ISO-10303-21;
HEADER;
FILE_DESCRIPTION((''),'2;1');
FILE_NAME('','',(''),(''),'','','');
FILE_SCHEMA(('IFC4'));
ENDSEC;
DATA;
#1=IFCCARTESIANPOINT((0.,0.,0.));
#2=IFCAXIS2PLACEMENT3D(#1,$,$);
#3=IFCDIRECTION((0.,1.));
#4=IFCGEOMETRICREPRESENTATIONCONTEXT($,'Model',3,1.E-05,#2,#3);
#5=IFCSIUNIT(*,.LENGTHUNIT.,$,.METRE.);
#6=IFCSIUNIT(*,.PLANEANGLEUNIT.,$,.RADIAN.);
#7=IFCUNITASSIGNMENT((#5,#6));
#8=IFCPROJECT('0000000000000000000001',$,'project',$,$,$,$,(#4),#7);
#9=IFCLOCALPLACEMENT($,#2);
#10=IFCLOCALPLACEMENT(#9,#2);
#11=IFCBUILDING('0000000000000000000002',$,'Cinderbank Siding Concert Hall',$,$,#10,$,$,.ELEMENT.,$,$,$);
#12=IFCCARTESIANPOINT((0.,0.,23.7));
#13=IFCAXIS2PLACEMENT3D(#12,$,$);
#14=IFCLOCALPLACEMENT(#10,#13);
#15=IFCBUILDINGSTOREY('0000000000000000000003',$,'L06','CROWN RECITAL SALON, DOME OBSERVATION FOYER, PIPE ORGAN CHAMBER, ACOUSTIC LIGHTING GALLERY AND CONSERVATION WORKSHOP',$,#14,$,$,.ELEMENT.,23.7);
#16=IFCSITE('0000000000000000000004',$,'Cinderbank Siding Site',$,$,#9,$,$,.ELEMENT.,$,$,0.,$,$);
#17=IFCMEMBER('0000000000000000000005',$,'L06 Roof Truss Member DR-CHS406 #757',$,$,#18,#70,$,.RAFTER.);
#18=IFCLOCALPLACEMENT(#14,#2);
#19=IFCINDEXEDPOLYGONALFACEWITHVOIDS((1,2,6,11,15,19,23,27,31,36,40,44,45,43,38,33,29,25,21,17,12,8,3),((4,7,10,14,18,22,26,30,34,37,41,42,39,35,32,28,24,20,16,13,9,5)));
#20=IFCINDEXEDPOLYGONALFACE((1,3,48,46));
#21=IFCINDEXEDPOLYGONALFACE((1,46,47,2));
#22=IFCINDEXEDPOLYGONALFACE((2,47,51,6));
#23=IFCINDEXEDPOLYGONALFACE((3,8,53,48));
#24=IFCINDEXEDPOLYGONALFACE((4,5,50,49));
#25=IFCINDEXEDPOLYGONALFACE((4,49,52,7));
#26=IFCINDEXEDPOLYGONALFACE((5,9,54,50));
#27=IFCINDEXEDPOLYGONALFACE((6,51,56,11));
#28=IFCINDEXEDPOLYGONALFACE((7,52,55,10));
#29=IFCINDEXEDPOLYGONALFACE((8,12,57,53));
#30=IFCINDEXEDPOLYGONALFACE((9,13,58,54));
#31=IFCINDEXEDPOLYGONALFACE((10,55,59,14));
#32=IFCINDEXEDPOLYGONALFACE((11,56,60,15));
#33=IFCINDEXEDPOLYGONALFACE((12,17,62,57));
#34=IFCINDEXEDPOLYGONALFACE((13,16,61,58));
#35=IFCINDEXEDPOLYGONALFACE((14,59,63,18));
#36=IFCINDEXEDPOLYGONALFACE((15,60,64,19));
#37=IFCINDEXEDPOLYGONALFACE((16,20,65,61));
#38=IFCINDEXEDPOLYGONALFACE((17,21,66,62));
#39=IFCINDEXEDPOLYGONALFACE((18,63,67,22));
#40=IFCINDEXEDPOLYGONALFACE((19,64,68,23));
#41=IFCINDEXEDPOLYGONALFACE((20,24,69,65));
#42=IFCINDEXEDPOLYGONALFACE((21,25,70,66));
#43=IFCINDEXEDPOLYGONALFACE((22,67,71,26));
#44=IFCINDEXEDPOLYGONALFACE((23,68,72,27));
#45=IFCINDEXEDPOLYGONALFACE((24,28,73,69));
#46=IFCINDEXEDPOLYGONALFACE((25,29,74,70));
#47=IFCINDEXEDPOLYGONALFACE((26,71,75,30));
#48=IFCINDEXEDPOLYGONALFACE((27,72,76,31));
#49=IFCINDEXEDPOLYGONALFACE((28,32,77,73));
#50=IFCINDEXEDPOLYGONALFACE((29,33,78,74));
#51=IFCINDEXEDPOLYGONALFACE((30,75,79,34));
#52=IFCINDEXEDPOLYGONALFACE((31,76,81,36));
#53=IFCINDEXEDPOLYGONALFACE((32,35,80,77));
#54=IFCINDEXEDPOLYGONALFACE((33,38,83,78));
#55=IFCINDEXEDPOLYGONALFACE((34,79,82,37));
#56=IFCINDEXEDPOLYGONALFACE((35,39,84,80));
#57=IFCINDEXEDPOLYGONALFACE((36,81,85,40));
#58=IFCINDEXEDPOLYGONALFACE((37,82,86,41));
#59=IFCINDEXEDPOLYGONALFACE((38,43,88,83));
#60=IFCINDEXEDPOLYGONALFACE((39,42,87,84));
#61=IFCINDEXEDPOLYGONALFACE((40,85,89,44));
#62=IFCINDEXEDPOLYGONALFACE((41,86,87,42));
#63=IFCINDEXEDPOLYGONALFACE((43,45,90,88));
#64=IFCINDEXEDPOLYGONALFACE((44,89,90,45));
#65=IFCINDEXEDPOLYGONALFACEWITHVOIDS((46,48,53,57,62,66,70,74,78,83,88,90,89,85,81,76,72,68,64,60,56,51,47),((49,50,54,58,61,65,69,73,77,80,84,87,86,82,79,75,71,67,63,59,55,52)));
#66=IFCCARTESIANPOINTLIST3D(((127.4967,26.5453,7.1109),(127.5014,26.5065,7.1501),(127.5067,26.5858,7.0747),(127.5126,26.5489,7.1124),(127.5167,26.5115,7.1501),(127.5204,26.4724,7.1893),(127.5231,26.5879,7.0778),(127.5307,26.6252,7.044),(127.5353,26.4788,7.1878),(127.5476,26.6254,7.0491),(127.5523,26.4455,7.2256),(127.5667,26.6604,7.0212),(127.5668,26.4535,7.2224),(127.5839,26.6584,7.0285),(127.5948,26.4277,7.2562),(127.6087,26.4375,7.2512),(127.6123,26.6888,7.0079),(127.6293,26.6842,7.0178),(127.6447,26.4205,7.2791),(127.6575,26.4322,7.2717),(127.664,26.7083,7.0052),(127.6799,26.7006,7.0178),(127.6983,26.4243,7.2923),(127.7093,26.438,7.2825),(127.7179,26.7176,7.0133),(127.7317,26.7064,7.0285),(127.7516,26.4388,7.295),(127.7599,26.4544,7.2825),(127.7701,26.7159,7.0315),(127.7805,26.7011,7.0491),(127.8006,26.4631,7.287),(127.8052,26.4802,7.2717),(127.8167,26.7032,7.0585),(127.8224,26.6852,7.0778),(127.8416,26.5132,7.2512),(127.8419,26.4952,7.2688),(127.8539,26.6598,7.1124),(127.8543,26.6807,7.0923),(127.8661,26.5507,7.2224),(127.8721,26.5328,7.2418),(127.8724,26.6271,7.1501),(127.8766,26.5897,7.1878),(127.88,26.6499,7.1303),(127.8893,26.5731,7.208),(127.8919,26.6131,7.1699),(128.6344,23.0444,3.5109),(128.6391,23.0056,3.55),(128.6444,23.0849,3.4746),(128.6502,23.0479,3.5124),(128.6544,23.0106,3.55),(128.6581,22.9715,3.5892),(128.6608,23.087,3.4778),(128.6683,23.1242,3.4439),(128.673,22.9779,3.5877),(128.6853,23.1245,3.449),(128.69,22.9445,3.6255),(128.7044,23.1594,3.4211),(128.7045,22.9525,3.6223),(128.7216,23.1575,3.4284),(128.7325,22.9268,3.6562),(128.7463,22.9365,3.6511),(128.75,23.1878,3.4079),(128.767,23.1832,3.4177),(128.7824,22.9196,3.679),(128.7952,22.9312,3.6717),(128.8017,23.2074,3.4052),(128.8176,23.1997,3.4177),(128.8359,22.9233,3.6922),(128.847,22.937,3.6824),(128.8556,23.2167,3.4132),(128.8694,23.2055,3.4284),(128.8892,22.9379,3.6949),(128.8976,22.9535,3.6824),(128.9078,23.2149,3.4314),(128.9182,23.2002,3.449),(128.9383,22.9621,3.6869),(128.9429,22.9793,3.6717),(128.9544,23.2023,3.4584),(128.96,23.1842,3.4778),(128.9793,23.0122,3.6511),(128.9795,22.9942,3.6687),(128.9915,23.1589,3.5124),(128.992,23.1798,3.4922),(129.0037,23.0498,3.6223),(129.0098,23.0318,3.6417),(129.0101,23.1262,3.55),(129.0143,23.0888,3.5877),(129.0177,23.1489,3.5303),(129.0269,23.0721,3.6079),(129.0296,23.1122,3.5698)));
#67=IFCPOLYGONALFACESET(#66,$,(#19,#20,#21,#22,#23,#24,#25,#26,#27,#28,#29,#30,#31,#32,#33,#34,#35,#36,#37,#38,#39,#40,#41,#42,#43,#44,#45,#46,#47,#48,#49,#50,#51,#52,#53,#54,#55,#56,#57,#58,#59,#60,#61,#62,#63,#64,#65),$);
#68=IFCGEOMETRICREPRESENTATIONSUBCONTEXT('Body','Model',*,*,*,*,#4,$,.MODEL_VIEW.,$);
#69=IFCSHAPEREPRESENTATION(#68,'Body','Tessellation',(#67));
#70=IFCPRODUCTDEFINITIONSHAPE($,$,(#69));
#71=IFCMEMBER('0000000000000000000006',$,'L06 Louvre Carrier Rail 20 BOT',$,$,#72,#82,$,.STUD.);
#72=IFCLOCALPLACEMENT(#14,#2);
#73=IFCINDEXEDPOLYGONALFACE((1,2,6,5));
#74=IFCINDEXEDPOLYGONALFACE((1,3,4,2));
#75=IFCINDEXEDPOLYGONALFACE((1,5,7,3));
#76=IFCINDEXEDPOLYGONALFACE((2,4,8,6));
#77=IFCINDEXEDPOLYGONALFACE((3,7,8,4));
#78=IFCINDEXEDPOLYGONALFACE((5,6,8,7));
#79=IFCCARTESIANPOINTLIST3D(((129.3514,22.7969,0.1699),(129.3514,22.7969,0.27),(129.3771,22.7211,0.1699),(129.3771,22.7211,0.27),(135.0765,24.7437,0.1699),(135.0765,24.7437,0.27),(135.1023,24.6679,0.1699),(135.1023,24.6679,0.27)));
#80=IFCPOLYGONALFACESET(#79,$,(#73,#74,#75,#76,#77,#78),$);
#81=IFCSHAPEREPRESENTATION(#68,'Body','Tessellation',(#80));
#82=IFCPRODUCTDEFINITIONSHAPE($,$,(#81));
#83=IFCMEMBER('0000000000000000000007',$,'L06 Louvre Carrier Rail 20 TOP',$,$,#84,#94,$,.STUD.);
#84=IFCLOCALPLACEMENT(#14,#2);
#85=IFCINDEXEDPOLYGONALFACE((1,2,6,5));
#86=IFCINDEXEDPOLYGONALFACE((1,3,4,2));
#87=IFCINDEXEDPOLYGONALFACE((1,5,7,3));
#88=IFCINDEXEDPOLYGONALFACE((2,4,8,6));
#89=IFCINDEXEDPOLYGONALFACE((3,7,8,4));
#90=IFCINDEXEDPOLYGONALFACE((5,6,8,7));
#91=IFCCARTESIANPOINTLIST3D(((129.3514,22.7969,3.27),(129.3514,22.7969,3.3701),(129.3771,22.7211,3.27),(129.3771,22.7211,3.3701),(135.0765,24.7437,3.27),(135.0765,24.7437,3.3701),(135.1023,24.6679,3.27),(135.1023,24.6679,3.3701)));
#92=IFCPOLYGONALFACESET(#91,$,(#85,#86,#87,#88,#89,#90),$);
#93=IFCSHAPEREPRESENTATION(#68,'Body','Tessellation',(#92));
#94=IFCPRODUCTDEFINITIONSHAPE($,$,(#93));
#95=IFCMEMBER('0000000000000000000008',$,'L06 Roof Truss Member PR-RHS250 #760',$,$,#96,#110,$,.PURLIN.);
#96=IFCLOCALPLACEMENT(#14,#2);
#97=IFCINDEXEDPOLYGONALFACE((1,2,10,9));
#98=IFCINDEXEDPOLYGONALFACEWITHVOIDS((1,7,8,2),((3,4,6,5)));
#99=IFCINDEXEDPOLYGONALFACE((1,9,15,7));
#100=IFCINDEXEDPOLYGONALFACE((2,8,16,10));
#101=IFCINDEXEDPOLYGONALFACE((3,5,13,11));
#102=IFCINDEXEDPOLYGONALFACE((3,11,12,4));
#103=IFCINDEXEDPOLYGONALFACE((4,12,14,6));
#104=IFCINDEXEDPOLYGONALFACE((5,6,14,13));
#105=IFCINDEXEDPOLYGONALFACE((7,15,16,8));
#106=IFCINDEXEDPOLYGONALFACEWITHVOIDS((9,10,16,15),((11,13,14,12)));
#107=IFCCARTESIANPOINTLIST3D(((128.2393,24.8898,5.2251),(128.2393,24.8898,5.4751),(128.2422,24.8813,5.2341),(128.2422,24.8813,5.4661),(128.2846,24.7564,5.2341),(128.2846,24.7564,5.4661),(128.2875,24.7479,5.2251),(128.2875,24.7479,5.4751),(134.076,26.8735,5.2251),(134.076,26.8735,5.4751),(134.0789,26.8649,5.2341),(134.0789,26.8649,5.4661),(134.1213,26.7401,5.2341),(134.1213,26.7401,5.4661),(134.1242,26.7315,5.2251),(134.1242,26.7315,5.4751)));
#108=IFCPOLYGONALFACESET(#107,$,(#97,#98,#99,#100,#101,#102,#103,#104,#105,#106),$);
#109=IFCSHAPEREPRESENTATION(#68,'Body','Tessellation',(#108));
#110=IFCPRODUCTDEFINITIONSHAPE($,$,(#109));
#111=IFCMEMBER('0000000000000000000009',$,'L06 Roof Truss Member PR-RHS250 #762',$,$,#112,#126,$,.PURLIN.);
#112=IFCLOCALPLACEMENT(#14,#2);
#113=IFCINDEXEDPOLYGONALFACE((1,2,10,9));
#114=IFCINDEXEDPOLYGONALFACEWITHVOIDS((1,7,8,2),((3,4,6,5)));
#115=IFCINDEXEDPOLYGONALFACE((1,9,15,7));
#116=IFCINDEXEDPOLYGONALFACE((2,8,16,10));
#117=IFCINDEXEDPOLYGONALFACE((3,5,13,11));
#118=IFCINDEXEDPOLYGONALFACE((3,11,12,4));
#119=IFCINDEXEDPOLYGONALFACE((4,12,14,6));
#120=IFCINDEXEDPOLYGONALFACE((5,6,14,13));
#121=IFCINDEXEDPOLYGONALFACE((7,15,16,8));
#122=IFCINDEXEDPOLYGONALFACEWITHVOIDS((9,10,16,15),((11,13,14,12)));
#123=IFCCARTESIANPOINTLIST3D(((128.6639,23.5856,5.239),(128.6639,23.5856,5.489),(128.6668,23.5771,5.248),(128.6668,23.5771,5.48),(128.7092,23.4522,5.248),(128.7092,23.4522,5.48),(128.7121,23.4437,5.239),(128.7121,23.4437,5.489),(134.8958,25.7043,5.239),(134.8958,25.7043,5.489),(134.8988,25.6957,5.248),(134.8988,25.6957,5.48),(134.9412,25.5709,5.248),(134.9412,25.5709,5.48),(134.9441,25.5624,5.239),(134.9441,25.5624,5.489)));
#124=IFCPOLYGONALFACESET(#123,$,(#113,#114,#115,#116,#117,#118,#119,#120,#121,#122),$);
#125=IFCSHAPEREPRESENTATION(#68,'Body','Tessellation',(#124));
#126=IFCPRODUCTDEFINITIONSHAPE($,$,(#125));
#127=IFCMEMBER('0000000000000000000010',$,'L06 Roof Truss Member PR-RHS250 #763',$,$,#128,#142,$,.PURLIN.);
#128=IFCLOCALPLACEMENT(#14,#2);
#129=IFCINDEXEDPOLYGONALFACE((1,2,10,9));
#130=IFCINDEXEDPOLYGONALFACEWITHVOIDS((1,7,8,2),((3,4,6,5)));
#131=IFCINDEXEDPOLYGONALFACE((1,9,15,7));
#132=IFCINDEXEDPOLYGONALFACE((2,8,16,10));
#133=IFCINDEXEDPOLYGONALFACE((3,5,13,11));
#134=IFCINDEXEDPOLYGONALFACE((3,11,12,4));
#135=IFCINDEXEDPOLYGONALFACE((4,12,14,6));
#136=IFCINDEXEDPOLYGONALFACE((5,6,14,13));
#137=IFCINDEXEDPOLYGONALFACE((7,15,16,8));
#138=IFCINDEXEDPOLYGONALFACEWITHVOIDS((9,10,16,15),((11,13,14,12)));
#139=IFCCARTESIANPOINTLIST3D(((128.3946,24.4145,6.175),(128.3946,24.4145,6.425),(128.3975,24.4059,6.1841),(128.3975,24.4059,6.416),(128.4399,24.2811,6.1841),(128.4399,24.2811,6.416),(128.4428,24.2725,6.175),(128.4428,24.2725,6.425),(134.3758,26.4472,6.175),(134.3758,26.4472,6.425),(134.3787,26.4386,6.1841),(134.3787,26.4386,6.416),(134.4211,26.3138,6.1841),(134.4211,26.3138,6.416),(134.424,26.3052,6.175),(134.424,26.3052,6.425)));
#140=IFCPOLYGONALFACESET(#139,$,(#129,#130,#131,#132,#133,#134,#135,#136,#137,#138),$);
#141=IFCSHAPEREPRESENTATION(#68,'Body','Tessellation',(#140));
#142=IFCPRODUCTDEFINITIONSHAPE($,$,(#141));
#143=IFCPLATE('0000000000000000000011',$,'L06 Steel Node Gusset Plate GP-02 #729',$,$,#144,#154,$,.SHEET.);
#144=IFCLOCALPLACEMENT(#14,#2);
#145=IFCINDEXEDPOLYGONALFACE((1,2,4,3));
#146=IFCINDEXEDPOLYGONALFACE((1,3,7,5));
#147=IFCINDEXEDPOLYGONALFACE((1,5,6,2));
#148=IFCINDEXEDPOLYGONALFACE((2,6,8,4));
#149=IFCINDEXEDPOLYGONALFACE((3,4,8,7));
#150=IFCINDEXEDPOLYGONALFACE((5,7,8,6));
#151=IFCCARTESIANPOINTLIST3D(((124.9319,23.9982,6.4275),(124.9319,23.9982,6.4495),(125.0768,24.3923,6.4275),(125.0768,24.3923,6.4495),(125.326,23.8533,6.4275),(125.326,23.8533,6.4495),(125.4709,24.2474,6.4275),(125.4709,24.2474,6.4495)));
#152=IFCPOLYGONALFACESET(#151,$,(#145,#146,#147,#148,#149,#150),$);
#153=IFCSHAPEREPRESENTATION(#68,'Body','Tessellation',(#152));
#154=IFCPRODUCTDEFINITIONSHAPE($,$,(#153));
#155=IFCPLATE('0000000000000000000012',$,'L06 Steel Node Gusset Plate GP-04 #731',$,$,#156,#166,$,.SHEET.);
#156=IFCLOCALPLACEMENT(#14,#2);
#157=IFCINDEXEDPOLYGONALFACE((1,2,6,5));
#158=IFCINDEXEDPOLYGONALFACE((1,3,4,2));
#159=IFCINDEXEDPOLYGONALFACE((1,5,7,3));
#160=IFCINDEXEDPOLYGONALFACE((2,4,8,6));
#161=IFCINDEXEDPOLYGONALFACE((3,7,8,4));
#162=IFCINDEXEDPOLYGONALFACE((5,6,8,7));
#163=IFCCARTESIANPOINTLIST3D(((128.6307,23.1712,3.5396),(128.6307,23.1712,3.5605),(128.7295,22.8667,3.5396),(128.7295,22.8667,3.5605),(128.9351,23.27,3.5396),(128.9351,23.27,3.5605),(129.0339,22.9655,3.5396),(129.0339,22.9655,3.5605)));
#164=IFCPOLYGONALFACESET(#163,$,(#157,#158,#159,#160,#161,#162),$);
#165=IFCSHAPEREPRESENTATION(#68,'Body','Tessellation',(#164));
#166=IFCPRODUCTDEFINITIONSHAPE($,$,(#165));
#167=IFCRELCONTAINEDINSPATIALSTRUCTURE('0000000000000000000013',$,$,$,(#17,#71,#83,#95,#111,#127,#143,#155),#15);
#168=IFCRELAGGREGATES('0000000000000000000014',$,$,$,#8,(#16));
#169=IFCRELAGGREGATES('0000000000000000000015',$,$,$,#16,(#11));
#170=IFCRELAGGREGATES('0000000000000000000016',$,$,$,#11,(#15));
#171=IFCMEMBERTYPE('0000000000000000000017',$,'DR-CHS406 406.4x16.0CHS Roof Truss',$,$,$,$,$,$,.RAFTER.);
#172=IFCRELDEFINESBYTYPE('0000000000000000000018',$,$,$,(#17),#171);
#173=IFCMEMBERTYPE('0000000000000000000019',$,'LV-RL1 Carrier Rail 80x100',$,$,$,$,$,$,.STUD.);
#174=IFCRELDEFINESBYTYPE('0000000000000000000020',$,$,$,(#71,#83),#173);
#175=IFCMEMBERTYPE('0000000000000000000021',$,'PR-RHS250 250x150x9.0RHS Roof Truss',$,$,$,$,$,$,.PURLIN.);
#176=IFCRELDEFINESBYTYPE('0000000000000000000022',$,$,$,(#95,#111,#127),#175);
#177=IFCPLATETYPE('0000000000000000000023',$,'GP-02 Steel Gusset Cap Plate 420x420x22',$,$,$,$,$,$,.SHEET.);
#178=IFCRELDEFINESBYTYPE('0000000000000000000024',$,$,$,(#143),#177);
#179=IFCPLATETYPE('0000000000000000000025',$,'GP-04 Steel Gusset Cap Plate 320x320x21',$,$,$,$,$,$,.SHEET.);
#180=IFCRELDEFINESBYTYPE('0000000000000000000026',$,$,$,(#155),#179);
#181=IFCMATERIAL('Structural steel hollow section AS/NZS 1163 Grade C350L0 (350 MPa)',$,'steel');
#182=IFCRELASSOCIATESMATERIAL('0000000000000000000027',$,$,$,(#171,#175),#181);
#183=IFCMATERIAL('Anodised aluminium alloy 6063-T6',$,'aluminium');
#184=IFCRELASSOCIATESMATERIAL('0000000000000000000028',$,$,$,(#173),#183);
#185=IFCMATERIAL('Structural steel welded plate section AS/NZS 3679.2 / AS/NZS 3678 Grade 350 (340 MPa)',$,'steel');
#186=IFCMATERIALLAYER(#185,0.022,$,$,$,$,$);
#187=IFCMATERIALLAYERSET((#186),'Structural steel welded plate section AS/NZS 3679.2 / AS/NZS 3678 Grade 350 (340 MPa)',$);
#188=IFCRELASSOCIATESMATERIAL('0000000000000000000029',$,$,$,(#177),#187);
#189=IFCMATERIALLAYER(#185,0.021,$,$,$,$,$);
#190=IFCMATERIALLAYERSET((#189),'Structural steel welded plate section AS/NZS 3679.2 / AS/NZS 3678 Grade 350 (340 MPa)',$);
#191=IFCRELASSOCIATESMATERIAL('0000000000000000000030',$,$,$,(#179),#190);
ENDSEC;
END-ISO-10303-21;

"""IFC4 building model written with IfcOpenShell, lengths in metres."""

from ifc_helpers import new_model, si_unit, direction, frame, origin, origin_2d, place, context, subcontext, project, spatial, rectangle, hollow_rectangle, hollow_circle, extrude, material, layer, layer_set, material_profile, profile_set, type_object, element, save


model = new_model("IFC4")

# Units and contexts
model_context = context("Model", 3, precision=1e-05, world=origin(), true_north=direction((0.0, 1.0)))
body_context = subcontext(model_context, "Body", "Model", "MODEL_VIEW")
ifc_project = project(units=[si_unit("LENGTHUNIT", "METRE"), si_unit("PLANEANGLEUNIT", "RADIAN")], contexts=[model_context])

# Site, building, storey
site_placement = place(None, origin())
site = spatial("IfcSite", under=ifc_project, at=site_placement, Name="Cinderbank Siding Site", CompositionType="ELEMENT", RefElevation=0.0)
building_placement = place(site_placement, origin())
building = spatial("IfcBuilding", under=site, at=building_placement, Name="Cinderbank Siding Concert Hall", CompositionType="ELEMENT")
storey_placement = place(building_placement, frame((0.0, 0.0, 23.7)))
storey = spatial("IfcBuildingStorey", under=building, at=storey_placement, Name="L06", Description="CROWN RECITAL SALON, DOME OBSERVATION FOYER, PIPE ORGAN CHAMBER, ACOUSTIC LIGHTING GALLERY AND CONSERVATION WORKSHOP", CompositionType="ELEMENT", Elevation=23.7)

# Shared definitions
ifc_material_1 = material(Name="Structural steel welded plate section AS/NZS 3679.2 / AS/NZS 3678 Grade 350 (340 MPa)", Category="steel")

# Members
ifc_material_2 = material(Name="Structural steel hollow section AS/NZS 1163 Grade C350L0 (350 MPa)", Category="steel")
ifc_material_profile_1 = material_profile(ifc_material_2, hollow_circle(Radius=0.2031, WallThickness=0.0161, at=origin_2d()), Name="406.4x16.0CHS", Category="LoadBearing")
ifc_profile_set_1 = profile_set([ifc_material_profile_1], Name="Structural steel hollow section AS/NZS 1163 Grade C350L0 (350 MPa)")
member_type_1 = type_object("IfcMemberType", Name="DR-CHS406 406.4x16.0CHS Roof Truss", PredefinedType="RAFTER", material=ifc_profile_set_1)
member_1_placement = place(storey_placement, frame((128.8323, 23.0684, 3.55), z_axis=(-0.220956, 0.679937, 0.699188), x_axis=(-0.951044, -0.309056, 0.0)))
element("IfcMember", 1, at=member_1_placement, inside=storey, type_object=member_type_1, Name="L06 Roof Truss Member DR-CHS406 #757", PredefinedType="RAFTER", context=body_context, shape_type="SweptSolid", body=[
    extrude(hollow_circle(Radius=0.2031, WallThickness=0.0161, at=origin_2d()), origin(), (0.0, 0.0, 1.0), 5.1489),
])
ifc_material_3 = material(Name="Anodised aluminium alloy 6063-T6", Category="aluminium")
ifc_material_profile_2 = material_profile(ifc_material_3, rectangle(XDim=0.0801, YDim=0.1001, at=origin_2d()), Name="ALU-RAIL-80x100", Category="LoadBearing")
ifc_profile_set_2 = profile_set([ifc_material_profile_2], Name="Anodised aluminium alloy 6063-T6")
member_type_2 = type_object("IfcMemberType", Name="LV-RL1 Carrier Rail 80x100", PredefinedType="STUD", material=ifc_profile_set_2)
for number, where, z_axis, x_axis, name in (
    (2, (129.3643, 22.759, 0.22), (0.94676, 0.321939, 0.0), (-0.321939, 0.94676, 0.0), "L06 Louvre Carrier Rail 20 BOT"),
    (3, (129.3643, 22.759, 3.3201), (0.94676, 0.321939, 0.0), (-0.321939, 0.94676, 0.0), "L06 Louvre Carrier Rail 20 TOP"),
):
    element("IfcMember", number, at=place(storey_placement, frame(where, z_axis=z_axis, x_axis=x_axis)), inside=storey, type_object=member_type_2, Name=name, PredefinedType="STUD", context=body_context, shape_type="SweptSolid", body=[
        extrude(rectangle(XDim=0.0801, YDim=0.1001, at=origin_2d()), origin(), (0.0, 0.0, 1.0), 6.0471),
    ])
ifc_material_profile_3 = material_profile(ifc_material_2, hollow_rectangle(XDim=0.1499, YDim=0.25, WallThickness=0.009, at=origin_2d()), Name="250x150x9.0RHS", Category="LoadBearing")
ifc_profile_set_3 = profile_set([ifc_material_profile_3], Name="Structural steel hollow section AS/NZS 1163 Grade C350L0 (350 MPa)")
member_type_3 = type_object("IfcMemberType", Name="PR-RHS250 250x150x9.0RHS Roof Truss", PredefinedType="PURLIN", material=ifc_profile_set_3)
member_2_placement = place(storey_placement, frame((128.2634, 24.8188, 5.3501), z_axis=(0.946814, 0.321783, 0.0), x_axis=(-0.321783, 0.946814, 0.0)))
element("IfcMember", 4, at=member_2_placement, inside=storey, type_object=member_type_3, Name="L06 Roof Truss Member PR-RHS250 #760", PredefinedType="PURLIN", context=body_context, shape_type="SweptSolid", body=[
    extrude(hollow_rectangle(XDim=0.1499, YDim=0.25, WallThickness=0.009, at=origin_2d()), origin(), (0.0, 0.0, 1.0), 6.1646),
])
member_3_placement = place(storey_placement, frame((128.688, 23.5146, 5.364), z_axis=(0.946782, 0.321875, 0.0), x_axis=(-0.321875, 0.946782, 0.0)))
element("IfcMember", 5, at=member_3_placement, inside=storey, type_object=member_type_3, Name="L06 Roof Truss Member PR-RHS250 #762", PredefinedType="PURLIN", context=body_context, shape_type="SweptSolid", body=[
    extrude(hollow_rectangle(XDim=0.1499, YDim=0.25, WallThickness=0.009, at=origin_2d()), origin(), (0.0, 0.0, 1.0), 6.5823),
])
member_4_placement = place(storey_placement, frame((128.4187, 24.3435, 6.3), z_axis=(0.946816, 0.321776, 0.0), x_axis=(-0.321776, 0.946816, 0.0)))
element("IfcMember", 6, at=member_4_placement, inside=storey, type_object=member_type_3, Name="L06 Roof Truss Member PR-RHS250 #763", PredefinedType="PURLIN", context=body_context, shape_type="SweptSolid", body=[
    extrude(hollow_rectangle(XDim=0.1499, YDim=0.25, WallThickness=0.009, at=origin_2d()), origin(), (0.0, 0.0, 1.0), 6.3171),
])

# Plates
ifc_layer_1 = layer(ifc_material_1, 0.022)
ifc_layer_set_1 = layer_set([ifc_layer_1], Name="Structural steel welded plate section AS/NZS 3679.2 / AS/NZS 3678 Grade 350 (340 MPa)")
plate_type_1 = type_object("IfcPlateType", Name="GP-02 Steel Gusset Cap Plate 420x420x22", PredefinedType="SHEET", material=ifc_layer_set_1)
plate_1_placement = place(storey_placement, frame((125.2014, 24.1228, 6.4275), z_axis=(0.0, 0.0, 1.0), x_axis=(-0.938553, 0.345134, 0.0)))
element("IfcPlate", 7, at=plate_1_placement, inside=storey, type_object=plate_type_1, Name="L06 Steel Node Gusset Plate GP-02 #729", PredefinedType="SHEET", context=body_context, shape_type="SweptSolid", body=[
    extrude(rectangle(XDim=0.4199, YDim=0.4199, at=origin_2d()), origin(), (0.0, 0.0, 1.0), 0.022),
])
ifc_layer_2 = layer(ifc_material_1, 0.021)
ifc_layer_set_2 = layer_set([ifc_layer_2], Name="Structural steel welded plate section AS/NZS 3679.2 / AS/NZS 3678 Grade 350 (340 MPa)")
plate_type_2 = type_object("IfcPlateType", Name="GP-04 Steel Gusset Cap Plate 320x320x21", PredefinedType="SHEET", material=ifc_layer_set_2)
plate_2_placement = place(storey_placement, frame((128.8323, 23.0684, 3.5396), z_axis=(0.0, 0.0, 1.0), x_axis=(-0.308685, 0.951164, 0.0)))
element("IfcPlate", 8, at=plate_2_placement, inside=storey, type_object=plate_type_2, Name="L06 Steel Node Gusset Plate GP-04 #731", PredefinedType="SHEET", context=body_context, shape_type="SweptSolid", body=[
    extrude(rectangle(XDim=0.3201, YDim=0.3201, at=origin_2d()), origin(), (0.0, 0.0, 1.0), 0.021),
])

save(model, "model.ifc")
